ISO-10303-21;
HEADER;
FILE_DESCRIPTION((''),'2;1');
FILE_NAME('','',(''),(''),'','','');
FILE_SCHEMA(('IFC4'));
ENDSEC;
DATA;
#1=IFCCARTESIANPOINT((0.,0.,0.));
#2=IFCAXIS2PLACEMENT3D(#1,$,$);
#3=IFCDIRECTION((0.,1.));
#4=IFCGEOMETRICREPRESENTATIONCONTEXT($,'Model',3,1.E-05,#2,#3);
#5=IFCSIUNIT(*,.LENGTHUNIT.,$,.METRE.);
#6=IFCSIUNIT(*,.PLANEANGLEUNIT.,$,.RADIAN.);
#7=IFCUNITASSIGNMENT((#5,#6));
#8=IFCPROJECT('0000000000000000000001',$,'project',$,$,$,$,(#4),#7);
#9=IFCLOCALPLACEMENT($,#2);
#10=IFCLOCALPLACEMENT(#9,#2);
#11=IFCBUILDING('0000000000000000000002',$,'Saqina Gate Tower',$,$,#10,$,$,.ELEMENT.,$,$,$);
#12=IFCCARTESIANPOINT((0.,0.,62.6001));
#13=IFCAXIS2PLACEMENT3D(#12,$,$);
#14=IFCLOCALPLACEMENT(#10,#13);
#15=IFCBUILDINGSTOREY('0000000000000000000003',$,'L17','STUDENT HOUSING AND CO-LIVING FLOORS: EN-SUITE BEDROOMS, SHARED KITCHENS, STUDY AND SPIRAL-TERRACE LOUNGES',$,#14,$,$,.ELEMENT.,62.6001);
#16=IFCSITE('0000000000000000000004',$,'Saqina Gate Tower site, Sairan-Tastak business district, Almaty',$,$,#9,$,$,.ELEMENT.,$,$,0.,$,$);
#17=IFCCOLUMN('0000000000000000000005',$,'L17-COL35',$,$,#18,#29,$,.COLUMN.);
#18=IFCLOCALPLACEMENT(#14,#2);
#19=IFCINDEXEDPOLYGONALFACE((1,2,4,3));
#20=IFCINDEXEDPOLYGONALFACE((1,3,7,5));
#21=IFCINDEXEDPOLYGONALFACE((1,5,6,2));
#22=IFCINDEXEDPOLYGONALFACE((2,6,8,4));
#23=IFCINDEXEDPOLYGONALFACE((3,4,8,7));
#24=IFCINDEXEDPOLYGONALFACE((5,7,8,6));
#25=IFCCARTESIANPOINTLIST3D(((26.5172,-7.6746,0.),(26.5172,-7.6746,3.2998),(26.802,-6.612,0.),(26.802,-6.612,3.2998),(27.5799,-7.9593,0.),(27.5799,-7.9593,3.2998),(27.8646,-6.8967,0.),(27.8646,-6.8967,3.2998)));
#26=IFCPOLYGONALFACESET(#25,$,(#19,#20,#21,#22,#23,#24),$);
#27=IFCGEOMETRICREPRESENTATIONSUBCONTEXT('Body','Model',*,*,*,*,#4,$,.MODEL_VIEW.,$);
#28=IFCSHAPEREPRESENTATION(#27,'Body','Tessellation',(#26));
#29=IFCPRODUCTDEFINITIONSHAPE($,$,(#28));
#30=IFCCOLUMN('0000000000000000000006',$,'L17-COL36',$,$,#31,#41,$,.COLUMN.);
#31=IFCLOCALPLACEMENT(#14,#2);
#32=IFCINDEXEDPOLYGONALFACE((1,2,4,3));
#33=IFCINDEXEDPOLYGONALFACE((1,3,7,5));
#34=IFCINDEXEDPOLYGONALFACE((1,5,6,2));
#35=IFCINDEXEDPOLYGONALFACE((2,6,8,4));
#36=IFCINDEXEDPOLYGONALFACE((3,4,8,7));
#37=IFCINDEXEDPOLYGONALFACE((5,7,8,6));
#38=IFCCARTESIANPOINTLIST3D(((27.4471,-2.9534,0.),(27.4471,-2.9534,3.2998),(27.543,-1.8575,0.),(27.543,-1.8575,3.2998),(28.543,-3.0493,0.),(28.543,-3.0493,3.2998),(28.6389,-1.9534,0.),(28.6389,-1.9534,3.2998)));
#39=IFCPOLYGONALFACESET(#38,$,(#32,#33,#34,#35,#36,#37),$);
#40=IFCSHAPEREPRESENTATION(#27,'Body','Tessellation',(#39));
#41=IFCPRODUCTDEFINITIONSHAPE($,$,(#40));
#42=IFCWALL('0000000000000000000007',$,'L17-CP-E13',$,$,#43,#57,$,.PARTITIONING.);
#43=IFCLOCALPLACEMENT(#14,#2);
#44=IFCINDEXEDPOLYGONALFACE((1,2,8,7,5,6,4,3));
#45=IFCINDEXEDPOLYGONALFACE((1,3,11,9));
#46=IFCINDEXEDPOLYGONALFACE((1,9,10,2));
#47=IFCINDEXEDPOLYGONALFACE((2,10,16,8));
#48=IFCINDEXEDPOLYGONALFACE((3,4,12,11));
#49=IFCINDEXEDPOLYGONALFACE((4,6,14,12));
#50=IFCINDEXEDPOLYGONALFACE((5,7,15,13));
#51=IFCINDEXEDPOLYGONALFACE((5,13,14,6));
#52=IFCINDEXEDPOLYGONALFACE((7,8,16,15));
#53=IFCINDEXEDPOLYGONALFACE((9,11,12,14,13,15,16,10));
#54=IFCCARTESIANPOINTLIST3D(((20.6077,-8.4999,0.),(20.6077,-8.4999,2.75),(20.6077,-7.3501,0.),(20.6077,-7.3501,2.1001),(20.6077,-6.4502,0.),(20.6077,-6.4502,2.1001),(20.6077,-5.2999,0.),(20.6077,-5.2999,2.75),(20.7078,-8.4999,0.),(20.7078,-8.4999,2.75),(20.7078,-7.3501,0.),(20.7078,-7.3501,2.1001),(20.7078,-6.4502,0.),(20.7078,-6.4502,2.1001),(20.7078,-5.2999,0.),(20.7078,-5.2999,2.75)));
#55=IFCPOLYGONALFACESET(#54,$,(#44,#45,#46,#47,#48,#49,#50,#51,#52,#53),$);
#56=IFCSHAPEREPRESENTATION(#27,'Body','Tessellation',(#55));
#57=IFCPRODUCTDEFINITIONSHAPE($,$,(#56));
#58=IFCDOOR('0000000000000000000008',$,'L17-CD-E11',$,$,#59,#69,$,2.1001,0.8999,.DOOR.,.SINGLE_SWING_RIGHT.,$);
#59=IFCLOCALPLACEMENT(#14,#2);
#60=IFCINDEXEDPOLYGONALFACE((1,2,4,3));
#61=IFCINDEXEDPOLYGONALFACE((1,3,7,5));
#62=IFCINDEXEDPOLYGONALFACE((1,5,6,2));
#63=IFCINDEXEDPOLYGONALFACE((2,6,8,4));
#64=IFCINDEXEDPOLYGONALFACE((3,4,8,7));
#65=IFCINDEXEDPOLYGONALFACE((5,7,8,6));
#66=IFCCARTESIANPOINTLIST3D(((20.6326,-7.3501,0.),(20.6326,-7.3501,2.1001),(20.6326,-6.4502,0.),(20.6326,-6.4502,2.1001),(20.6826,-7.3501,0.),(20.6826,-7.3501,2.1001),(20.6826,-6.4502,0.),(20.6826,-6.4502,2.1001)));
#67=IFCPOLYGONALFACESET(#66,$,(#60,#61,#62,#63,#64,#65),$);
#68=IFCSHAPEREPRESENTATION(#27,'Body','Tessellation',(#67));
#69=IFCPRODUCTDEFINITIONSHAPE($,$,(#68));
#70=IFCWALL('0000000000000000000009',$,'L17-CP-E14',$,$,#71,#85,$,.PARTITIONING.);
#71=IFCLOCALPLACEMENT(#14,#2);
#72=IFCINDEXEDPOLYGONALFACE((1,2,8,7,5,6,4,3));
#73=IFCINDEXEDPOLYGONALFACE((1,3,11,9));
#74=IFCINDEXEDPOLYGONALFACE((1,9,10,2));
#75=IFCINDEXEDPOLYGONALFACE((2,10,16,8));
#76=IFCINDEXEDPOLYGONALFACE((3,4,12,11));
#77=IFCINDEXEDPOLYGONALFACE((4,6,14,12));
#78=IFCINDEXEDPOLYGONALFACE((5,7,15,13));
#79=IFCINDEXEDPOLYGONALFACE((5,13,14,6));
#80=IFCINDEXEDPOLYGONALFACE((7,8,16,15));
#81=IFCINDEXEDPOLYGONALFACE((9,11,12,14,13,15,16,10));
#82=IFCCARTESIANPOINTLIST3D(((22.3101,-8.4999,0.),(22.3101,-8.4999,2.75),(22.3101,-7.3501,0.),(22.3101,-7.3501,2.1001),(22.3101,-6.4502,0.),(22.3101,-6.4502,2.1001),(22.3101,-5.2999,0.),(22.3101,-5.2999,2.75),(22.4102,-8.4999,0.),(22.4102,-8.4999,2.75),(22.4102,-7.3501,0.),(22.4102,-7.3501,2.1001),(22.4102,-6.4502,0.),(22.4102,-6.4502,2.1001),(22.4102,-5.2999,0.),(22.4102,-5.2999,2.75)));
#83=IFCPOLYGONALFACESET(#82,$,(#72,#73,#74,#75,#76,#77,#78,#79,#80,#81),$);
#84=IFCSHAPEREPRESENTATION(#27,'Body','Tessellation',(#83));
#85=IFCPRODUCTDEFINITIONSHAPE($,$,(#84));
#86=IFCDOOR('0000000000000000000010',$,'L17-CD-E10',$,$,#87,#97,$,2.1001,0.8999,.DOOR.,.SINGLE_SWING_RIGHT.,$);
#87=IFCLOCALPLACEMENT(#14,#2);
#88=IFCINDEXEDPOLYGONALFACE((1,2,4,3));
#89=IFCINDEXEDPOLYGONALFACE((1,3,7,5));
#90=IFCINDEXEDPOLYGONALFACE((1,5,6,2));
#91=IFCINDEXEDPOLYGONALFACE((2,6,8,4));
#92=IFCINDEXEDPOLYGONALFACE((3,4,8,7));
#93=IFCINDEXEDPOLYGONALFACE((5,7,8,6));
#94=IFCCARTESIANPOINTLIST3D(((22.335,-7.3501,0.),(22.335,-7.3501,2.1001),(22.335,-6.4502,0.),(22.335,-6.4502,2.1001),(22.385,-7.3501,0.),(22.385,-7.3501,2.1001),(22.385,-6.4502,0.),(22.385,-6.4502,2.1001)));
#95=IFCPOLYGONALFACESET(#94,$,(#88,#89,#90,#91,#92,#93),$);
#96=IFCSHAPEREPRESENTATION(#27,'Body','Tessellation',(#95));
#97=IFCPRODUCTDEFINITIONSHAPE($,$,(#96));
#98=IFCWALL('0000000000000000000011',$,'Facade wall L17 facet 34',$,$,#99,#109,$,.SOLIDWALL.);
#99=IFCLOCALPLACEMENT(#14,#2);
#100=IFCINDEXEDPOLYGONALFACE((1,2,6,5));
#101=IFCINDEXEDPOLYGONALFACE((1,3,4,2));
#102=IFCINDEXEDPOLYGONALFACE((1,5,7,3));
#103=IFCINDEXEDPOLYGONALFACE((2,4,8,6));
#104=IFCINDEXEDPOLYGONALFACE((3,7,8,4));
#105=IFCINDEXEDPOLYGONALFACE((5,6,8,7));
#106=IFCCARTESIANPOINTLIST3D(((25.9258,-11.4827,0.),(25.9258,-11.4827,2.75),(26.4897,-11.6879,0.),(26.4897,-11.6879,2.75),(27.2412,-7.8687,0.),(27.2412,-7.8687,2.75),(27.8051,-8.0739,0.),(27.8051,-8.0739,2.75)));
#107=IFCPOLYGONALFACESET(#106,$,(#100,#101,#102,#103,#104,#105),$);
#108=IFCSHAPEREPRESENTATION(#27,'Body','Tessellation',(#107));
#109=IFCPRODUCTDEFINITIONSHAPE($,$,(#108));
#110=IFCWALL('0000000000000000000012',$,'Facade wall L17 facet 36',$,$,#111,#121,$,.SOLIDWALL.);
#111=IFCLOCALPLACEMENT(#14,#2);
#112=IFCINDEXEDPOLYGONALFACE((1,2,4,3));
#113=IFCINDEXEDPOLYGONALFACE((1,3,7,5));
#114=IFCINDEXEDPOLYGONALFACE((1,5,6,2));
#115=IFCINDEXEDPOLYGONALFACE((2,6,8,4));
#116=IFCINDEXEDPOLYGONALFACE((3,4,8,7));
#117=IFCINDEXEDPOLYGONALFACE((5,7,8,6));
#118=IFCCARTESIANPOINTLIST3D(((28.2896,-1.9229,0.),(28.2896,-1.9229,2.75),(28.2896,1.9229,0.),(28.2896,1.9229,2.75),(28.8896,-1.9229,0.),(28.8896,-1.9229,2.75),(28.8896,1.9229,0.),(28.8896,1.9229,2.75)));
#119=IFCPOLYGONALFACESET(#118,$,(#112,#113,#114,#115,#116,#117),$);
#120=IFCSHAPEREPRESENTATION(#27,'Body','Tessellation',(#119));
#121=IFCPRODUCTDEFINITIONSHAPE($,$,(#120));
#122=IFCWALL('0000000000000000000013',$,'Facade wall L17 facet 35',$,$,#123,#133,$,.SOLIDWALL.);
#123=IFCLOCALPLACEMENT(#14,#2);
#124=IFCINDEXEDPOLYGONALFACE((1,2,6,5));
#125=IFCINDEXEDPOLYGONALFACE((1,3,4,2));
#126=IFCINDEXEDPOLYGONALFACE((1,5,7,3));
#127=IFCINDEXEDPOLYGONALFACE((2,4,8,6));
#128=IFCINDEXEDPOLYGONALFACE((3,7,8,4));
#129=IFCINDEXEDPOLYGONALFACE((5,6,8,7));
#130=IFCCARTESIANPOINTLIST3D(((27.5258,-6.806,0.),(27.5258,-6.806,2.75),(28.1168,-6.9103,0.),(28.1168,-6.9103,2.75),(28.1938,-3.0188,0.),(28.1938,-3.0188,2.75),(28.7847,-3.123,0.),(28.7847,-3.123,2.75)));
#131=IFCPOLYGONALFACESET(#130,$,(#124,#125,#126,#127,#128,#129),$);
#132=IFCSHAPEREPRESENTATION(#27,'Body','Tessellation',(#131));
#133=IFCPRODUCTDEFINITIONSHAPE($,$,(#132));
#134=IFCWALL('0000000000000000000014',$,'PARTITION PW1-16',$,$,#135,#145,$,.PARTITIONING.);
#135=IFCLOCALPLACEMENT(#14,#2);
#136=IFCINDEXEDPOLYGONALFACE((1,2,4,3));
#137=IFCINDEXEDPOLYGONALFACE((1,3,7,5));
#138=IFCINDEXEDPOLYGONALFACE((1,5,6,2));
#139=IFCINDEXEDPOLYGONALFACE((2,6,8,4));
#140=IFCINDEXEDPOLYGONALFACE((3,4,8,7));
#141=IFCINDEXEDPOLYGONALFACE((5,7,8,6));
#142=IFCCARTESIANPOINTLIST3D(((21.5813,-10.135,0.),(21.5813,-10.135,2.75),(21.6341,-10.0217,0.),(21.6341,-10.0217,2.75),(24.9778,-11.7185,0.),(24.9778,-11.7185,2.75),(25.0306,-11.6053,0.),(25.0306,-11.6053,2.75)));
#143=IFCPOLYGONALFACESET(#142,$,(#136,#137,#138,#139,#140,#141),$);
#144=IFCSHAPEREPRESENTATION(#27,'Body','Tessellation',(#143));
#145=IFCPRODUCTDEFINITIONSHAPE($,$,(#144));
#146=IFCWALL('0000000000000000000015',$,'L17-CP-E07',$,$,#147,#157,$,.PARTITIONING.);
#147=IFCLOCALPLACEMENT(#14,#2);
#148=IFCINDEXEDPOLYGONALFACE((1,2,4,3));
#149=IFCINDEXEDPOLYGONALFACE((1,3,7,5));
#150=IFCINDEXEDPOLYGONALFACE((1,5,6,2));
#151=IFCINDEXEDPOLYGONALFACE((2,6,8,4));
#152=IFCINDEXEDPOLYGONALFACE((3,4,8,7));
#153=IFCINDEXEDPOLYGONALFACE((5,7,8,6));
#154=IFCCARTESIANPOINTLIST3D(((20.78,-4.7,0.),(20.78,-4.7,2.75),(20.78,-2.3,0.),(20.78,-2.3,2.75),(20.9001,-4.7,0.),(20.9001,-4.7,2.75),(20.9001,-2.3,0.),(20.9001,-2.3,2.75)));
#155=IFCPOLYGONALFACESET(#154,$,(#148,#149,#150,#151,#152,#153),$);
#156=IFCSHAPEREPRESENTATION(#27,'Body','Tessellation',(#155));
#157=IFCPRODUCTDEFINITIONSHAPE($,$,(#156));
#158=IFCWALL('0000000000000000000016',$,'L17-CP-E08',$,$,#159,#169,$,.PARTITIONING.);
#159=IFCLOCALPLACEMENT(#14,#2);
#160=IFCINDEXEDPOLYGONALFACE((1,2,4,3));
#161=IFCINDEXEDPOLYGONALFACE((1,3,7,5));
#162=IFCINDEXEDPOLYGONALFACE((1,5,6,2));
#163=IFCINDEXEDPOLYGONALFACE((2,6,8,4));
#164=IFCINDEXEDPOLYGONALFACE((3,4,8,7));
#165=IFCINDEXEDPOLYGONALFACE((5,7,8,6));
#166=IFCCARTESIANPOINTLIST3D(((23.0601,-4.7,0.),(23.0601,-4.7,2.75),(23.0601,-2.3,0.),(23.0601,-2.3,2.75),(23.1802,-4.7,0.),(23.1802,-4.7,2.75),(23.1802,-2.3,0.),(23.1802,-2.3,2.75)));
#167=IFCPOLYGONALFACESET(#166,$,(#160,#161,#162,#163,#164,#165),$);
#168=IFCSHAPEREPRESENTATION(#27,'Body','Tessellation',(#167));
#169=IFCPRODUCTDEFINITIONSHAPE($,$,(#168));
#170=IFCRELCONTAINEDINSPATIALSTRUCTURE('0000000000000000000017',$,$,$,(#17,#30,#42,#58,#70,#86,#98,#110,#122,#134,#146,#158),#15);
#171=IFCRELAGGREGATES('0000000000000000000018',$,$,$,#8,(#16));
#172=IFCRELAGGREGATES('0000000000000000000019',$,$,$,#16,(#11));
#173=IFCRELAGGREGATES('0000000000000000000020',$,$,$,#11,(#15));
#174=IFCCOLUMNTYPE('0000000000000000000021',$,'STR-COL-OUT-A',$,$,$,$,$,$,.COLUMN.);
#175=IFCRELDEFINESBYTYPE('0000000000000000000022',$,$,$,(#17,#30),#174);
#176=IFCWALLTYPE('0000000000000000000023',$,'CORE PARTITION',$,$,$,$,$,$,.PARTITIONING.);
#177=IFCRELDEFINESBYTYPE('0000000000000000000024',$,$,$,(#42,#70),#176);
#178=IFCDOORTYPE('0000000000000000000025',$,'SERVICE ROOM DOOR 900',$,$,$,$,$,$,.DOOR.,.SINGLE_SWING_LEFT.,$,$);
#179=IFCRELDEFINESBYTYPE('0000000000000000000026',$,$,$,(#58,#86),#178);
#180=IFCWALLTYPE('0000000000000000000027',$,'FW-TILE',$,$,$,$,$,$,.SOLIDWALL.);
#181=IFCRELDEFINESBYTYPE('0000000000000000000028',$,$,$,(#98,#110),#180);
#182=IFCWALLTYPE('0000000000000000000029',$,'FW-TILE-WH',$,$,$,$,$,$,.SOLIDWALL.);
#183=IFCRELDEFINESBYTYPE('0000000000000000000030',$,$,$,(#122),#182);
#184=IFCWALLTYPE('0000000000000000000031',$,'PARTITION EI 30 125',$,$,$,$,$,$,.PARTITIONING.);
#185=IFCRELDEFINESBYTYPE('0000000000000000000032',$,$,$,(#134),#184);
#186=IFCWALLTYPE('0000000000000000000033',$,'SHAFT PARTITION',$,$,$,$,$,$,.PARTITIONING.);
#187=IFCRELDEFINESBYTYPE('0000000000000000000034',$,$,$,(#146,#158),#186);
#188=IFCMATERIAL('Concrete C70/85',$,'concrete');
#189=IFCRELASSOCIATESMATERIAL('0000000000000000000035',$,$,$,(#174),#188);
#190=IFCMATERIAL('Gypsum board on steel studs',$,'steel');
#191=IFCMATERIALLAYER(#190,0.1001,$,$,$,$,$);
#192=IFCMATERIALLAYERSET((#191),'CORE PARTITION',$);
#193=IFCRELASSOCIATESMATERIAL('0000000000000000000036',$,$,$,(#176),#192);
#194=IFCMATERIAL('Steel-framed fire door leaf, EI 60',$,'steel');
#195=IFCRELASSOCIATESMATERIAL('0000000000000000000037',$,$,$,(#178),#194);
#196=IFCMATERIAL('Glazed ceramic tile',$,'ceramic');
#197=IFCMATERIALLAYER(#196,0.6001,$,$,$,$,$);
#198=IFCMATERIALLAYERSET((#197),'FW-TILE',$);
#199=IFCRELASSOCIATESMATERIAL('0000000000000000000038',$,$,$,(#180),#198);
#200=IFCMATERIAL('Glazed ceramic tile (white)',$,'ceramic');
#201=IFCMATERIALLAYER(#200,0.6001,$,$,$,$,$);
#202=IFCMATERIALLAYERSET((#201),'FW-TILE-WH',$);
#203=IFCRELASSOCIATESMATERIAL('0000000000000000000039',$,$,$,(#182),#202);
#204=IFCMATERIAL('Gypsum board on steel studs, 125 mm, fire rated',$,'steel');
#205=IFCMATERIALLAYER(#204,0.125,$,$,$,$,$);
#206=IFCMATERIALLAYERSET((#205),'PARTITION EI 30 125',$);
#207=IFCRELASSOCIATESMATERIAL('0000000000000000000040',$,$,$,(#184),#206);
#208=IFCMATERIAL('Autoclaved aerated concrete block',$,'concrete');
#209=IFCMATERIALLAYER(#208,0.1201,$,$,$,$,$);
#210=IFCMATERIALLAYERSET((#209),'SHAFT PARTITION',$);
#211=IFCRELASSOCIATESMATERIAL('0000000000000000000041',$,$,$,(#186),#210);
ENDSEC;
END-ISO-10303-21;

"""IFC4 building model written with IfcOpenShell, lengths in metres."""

from ifc_helpers import new_model, si_unit, direction, frame, frame_2d, origin, origin_2d, place, context, subcontext, project, spatial, rectangle, extrude, material, layer, layer_set, material_profile, profile_set, type_object, element, fill, save


model = new_model("IFC4")

# Units and contexts
model_context = context("Model", 3, precision=1e-05, world=origin(), true_north=direction((0.0, 1.0)))
body_context = subcontext(model_context, "Body", "Model", "MODEL_VIEW")
ifc_project = project(units=[si_unit("LENGTHUNIT", "METRE"), si_unit("PLANEANGLEUNIT", "RADIAN")], contexts=[model_context])

# Site, building, storey
site_placement = place(None, origin())
site = spatial("IfcSite", under=ifc_project, at=site_placement, Name="Saqina Gate Tower site, Sairan-Tastak business district, Almaty", CompositionType="ELEMENT", RefElevation=0.0)
building_placement = place(site_placement, origin())
building = spatial("IfcBuilding", under=site, at=building_placement, Name="Saqina Gate Tower", CompositionType="ELEMENT")
storey_placement = place(building_placement, frame((0.0, 0.0, 62.6001)))
storey = spatial("IfcBuildingStorey", under=building, at=storey_placement, Name="L17", Description="STUDENT HOUSING AND CO-LIVING FLOORS: EN-SUITE BEDROOMS, SHARED KITCHENS, STUDY AND SPIRAL-TERRACE LOUNGES", CompositionType="ELEMENT", Elevation=62.6001)

# Columns
ifc_material_1 = material(Name="Concrete C70/85", Category="concrete")
ifc_material_profile = material_profile(ifc_material_1, rectangle(XDim=1.1001, YDim=1.1001, at=origin_2d()), Name="RC 1100x1100")
ifc_profile_set = profile_set([ifc_material_profile], Name="Concrete C70/85")
column_type = type_object("IfcColumnType", Name="STR-COL-OUT-A", PredefinedType="COLUMN", material=ifc_profile_set)
for number, where, z_axis, x_axis, name in (
    (1, (27.1909, -7.2856, 0.0), (0.0, 0.0, 1.0), (0.965926, -0.258819, 0.0), "L17-COL35"),
    (2, (28.043, -2.4534, 0.0), (0.0, 0.0, 1.0), (0.996195, -0.087156, 0.0), "L17-COL36"),
):
    element("IfcColumn", number, at=place(storey_placement, frame(where, z_axis=z_axis, x_axis=x_axis)), inside=storey, type_object=column_type, Name=name, PredefinedType="COLUMN", context=body_context, shape_type="SweptSolid", body=[
        extrude(rectangle(XDim=1.1001, YDim=1.1001, at=origin_2d()), origin(), (0.0, 0.0, 1.0), 3.2998),
    ])

# Walls, openings, doors
ifc_material_2 = material(Name="Gypsum board on steel studs", Category="steel")
ifc_layer_1 = layer(ifc_material_2, 0.1001)
ifc_layer_set_1 = layer_set([ifc_layer_1], Name="CORE PARTITION")
wall_type_1 = type_object("IfcWallType", Name="CORE PARTITION", PredefinedType="PARTITIONING", material=ifc_layer_set_1)
wall_1_placement = place(storey_placement, frame((20.6577, -8.5, 0.0), z_axis=(0.0, 0.0, 1.0), x_axis=(0.0, 1.0, 0.0)))
wall_1 = element("IfcWall", 3, at=wall_1_placement, inside=storey, type_object=wall_type_1, Name="L17-CP-E13", PredefinedType="PARTITIONING", context=body_context, shape_type="SweptSolid", body=[
    extrude(rectangle(XDim=3.2, YDim=0.1001, at=frame_2d((1.6001, 0.0))), origin(), (0.0, 0.0, 1.0), 2.75),
])
opening_1_placement = place(wall_1_placement, frame((1.1499, 0.0, 0.0)))
opening_1 = element("IfcOpeningElement", 4, at=opening_1_placement, cuts=wall_1, PredefinedType="OPENING", context=body_context, shape_type="SweptSolid", body=[
    extrude(rectangle(XDim=0.8999, YDim=2.1001, at=frame_2d((0.45, 1.05))), frame((0.0, 0.062, 0.0), z_axis=(0.0, -1.0, 0.0), x_axis=(1.0, 0.0, 0.0)), (0.0, 0.0, 1.0), 0.124),
])
ifc_material_3 = material(Name="Steel-framed fire door leaf, EI 60", Category="steel")
door_type = type_object("IfcDoorType", Name="SERVICE ROOM DOOR 900", OperationType="SINGLE_SWING_LEFT", PredefinedType="DOOR", material=ifc_material_3)
door_1_placement = place(opening_1_placement, frame((0.8999, 0.0, 0.0), z_axis=(0.0, 0.0, 1.0), x_axis=(-1.0, 0.0, 0.0)))
door_1 = element("IfcDoor", 5, at=door_1_placement, inside=storey, type_object=door_type, Name="L17-CD-E11", OperationType="SINGLE_SWING_RIGHT", OverallHeight=2.1001, OverallWidth=0.8999, PredefinedType="DOOR", context=body_context, shape_type="SweptSolid", body=[
    extrude(rectangle(XDim=0.8999, YDim=2.1001, at=frame_2d((0.45, 1.05))), frame((0.0, 0.0249, 0.0), z_axis=(0.0, -1.0, 0.0), x_axis=(1.0, 0.0, 0.0)), (0.0, 0.0, 1.0), 0.05),
])
fill(opening_1, door_1)
wall_2_placement = place(storey_placement, frame((22.3601, -8.5, 0.0), z_axis=(0.0, 0.0, 1.0), x_axis=(0.0, 1.0, 0.0)))
wall_2 = element("IfcWall", 6, at=wall_2_placement, inside=storey, type_object=wall_type_1, Name="L17-CP-E14", PredefinedType="PARTITIONING", context=body_context, shape_type="SweptSolid", body=[
    extrude(rectangle(XDim=3.2, YDim=0.1001, at=frame_2d((1.6001, 0.0))), origin(), (0.0, 0.0, 1.0), 2.75),
])
opening_2_placement = place(wall_2_placement, frame((1.1499, 0.0, 0.0)))
opening_2 = element("IfcOpeningElement", 7, at=opening_2_placement, cuts=wall_2, PredefinedType="OPENING", context=body_context, shape_type="SweptSolid", body=[
    extrude(rectangle(XDim=0.8999, YDim=2.1001, at=frame_2d((0.45, 1.05))), frame((0.0, 0.062, 0.0), z_axis=(0.0, -1.0, 0.0), x_axis=(1.0, 0.0, 0.0)), (0.0, 0.0, 1.0), 0.124),
])
door_2_placement = place(opening_2_placement, frame((0.8999, 0.0, 0.0), z_axis=(0.0, 0.0, 1.0), x_axis=(-1.0, 0.0, 0.0)))
door_2 = element("IfcDoor", 8, at=door_2_placement, inside=storey, type_object=door_type, Name="L17-CD-E10", OperationType="SINGLE_SWING_RIGHT", OverallHeight=2.1001, OverallWidth=0.8999, PredefinedType="DOOR", context=body_context, shape_type="SweptSolid", body=[
    extrude(rectangle(XDim=0.8999, YDim=2.1001, at=frame_2d((0.45, 1.05))), frame((0.0, 0.0249, 0.0), z_axis=(0.0, -1.0, 0.0), x_axis=(1.0, 0.0, 0.0)), (0.0, 0.0, 1.0), 0.05),
])
fill(opening_2, door_2)

# Walls
ifc_material_4 = material(Name="Glazed ceramic tile", Category="ceramic")
ifc_layer_2 = layer(ifc_material_4, 0.6001)
ifc_layer_set_2 = layer_set([ifc_layer_2], Name="FW-TILE")
wall_type_2 = type_object("IfcWallType", Name="FW-TILE", PredefinedType="SOLIDWALL", material=ifc_layer_set_2)
wall_3_placement = place(storey_placement, frame((26.2078, -11.5852, 0.0), z_axis=(0.0, 0.0, 1.0), x_axis=(0.342028, 0.93969, 0.0)))
element("IfcWall", 9, at=wall_3_placement, inside=storey, type_object=wall_type_2, Name="Facade wall L17 facet 34", PredefinedType="SOLIDWALL", context=body_context, shape_type="SweptSolid", body=[
    extrude(rectangle(XDim=3.8459, YDim=0.6001, at=frame_2d((1.9229, 0.0))), origin(), (0.0, 0.0, 1.0), 2.75),
])
wall_4_placement = place(storey_placement, frame((28.5896, -1.9229, 0.0), z_axis=(0.0, 0.0, 1.0), x_axis=(0.0, 1.0, 0.0)))
element("IfcWall", 10, at=wall_4_placement, inside=storey, type_object=wall_type_2, Name="Facade wall L17 facet 36", PredefinedType="SOLIDWALL", context=body_context, shape_type="SweptSolid", body=[
    extrude(rectangle(XDim=3.8457, YDim=0.6001, at=frame_2d((1.9229, 0.0))), origin(), (0.0, 0.0, 1.0), 2.75),
])
ifc_material_5 = material(Name="Glazed ceramic tile (white)", Category="ceramic")
ifc_layer_3 = layer(ifc_material_5, 0.6001)
ifc_layer_set_3 = layer_set([ifc_layer_3], Name="FW-TILE-WH")
wall_type_3 = type_object("IfcWallType", Name="FW-TILE-WH", PredefinedType="SOLIDWALL", material=ifc_layer_set_3)
wall_5_placement = place(storey_placement, frame((27.8213, -6.8582, 0.0), z_axis=(0.0, 0.0, 1.0), x_axis=(0.173688, 0.984801, 0.0)))
element("IfcWall", 11, at=wall_5_placement, inside=storey, type_object=wall_type_3, Name="Facade wall L17 facet 35", PredefinedType="SOLIDWALL", context=body_context, shape_type="SweptSolid", body=[
    extrude(rectangle(XDim=3.8457, YDim=0.6001, at=frame_2d((1.9229, 0.0))), origin(), (0.0, 0.0, 1.0), 2.75),
])
ifc_material_6 = material(Name="Gypsum board on steel studs, 125 mm, fire rated", Category="steel")
ifc_layer_4 = layer(ifc_material_6, 0.125)
ifc_layer_set_4 = layer_set([ifc_layer_4], Name="PARTITION EI 30 125")
wall_type_4 = type_object("IfcWallType", Name="PARTITION EI 30 125", PredefinedType="PARTITIONING", material=ifc_layer_set_4)
wall_6_placement = place(storey_placement, frame((21.6077, -10.0784, 0.0), z_axis=(0.0, 0.0, 1.0), x_axis=(0.90634, -0.42255, 0.0)))
element("IfcWall", 12, at=wall_6_placement, inside=storey, type_object=wall_type_4, Name="PARTITION PW1-16", PredefinedType="PARTITIONING", context=body_context, shape_type="SweptSolid", body=[
    extrude(rectangle(XDim=3.7476, YDim=0.125, at=frame_2d((1.8738, 0.0))), origin(), (0.0, 0.0, 1.0), 2.75),
])
ifc_material_7 = material(Name="Autoclaved aerated concrete block", Category="concrete")
ifc_layer_5 = layer(ifc_material_7, 0.1201)
ifc_layer_set_5 = layer_set([ifc_layer_5], Name="SHAFT PARTITION")
wall_type_5 = type_object("IfcWallType", Name="SHAFT PARTITION", PredefinedType="PARTITIONING", material=ifc_layer_set_5)
for number, where, z_axis, x_axis, name in (
    (13, (20.8401, -4.7, 0.0), (0.0, 0.0, 1.0), (0.0, 1.0, 0.0), "L17-CP-E07"),
    (14, (23.1201, -4.7, 0.0), (0.0, 0.0, 1.0), (0.0, 1.0, 0.0), "L17-CP-E08"),
):
    element("IfcWall", number, at=place(storey_placement, frame(where, z_axis=z_axis, x_axis=x_axis)), inside=storey, type_object=wall_type_5, Name=name, PredefinedType="PARTITIONING", context=body_context, shape_type="SweptSolid", body=[
        extrude(rectangle(XDim=2.3999, YDim=0.1201, at=frame_2d((1.2, 0.0))), origin(), (0.0, 0.0, 1.0), 2.75),
    ])

save(model, "model.ifc")
